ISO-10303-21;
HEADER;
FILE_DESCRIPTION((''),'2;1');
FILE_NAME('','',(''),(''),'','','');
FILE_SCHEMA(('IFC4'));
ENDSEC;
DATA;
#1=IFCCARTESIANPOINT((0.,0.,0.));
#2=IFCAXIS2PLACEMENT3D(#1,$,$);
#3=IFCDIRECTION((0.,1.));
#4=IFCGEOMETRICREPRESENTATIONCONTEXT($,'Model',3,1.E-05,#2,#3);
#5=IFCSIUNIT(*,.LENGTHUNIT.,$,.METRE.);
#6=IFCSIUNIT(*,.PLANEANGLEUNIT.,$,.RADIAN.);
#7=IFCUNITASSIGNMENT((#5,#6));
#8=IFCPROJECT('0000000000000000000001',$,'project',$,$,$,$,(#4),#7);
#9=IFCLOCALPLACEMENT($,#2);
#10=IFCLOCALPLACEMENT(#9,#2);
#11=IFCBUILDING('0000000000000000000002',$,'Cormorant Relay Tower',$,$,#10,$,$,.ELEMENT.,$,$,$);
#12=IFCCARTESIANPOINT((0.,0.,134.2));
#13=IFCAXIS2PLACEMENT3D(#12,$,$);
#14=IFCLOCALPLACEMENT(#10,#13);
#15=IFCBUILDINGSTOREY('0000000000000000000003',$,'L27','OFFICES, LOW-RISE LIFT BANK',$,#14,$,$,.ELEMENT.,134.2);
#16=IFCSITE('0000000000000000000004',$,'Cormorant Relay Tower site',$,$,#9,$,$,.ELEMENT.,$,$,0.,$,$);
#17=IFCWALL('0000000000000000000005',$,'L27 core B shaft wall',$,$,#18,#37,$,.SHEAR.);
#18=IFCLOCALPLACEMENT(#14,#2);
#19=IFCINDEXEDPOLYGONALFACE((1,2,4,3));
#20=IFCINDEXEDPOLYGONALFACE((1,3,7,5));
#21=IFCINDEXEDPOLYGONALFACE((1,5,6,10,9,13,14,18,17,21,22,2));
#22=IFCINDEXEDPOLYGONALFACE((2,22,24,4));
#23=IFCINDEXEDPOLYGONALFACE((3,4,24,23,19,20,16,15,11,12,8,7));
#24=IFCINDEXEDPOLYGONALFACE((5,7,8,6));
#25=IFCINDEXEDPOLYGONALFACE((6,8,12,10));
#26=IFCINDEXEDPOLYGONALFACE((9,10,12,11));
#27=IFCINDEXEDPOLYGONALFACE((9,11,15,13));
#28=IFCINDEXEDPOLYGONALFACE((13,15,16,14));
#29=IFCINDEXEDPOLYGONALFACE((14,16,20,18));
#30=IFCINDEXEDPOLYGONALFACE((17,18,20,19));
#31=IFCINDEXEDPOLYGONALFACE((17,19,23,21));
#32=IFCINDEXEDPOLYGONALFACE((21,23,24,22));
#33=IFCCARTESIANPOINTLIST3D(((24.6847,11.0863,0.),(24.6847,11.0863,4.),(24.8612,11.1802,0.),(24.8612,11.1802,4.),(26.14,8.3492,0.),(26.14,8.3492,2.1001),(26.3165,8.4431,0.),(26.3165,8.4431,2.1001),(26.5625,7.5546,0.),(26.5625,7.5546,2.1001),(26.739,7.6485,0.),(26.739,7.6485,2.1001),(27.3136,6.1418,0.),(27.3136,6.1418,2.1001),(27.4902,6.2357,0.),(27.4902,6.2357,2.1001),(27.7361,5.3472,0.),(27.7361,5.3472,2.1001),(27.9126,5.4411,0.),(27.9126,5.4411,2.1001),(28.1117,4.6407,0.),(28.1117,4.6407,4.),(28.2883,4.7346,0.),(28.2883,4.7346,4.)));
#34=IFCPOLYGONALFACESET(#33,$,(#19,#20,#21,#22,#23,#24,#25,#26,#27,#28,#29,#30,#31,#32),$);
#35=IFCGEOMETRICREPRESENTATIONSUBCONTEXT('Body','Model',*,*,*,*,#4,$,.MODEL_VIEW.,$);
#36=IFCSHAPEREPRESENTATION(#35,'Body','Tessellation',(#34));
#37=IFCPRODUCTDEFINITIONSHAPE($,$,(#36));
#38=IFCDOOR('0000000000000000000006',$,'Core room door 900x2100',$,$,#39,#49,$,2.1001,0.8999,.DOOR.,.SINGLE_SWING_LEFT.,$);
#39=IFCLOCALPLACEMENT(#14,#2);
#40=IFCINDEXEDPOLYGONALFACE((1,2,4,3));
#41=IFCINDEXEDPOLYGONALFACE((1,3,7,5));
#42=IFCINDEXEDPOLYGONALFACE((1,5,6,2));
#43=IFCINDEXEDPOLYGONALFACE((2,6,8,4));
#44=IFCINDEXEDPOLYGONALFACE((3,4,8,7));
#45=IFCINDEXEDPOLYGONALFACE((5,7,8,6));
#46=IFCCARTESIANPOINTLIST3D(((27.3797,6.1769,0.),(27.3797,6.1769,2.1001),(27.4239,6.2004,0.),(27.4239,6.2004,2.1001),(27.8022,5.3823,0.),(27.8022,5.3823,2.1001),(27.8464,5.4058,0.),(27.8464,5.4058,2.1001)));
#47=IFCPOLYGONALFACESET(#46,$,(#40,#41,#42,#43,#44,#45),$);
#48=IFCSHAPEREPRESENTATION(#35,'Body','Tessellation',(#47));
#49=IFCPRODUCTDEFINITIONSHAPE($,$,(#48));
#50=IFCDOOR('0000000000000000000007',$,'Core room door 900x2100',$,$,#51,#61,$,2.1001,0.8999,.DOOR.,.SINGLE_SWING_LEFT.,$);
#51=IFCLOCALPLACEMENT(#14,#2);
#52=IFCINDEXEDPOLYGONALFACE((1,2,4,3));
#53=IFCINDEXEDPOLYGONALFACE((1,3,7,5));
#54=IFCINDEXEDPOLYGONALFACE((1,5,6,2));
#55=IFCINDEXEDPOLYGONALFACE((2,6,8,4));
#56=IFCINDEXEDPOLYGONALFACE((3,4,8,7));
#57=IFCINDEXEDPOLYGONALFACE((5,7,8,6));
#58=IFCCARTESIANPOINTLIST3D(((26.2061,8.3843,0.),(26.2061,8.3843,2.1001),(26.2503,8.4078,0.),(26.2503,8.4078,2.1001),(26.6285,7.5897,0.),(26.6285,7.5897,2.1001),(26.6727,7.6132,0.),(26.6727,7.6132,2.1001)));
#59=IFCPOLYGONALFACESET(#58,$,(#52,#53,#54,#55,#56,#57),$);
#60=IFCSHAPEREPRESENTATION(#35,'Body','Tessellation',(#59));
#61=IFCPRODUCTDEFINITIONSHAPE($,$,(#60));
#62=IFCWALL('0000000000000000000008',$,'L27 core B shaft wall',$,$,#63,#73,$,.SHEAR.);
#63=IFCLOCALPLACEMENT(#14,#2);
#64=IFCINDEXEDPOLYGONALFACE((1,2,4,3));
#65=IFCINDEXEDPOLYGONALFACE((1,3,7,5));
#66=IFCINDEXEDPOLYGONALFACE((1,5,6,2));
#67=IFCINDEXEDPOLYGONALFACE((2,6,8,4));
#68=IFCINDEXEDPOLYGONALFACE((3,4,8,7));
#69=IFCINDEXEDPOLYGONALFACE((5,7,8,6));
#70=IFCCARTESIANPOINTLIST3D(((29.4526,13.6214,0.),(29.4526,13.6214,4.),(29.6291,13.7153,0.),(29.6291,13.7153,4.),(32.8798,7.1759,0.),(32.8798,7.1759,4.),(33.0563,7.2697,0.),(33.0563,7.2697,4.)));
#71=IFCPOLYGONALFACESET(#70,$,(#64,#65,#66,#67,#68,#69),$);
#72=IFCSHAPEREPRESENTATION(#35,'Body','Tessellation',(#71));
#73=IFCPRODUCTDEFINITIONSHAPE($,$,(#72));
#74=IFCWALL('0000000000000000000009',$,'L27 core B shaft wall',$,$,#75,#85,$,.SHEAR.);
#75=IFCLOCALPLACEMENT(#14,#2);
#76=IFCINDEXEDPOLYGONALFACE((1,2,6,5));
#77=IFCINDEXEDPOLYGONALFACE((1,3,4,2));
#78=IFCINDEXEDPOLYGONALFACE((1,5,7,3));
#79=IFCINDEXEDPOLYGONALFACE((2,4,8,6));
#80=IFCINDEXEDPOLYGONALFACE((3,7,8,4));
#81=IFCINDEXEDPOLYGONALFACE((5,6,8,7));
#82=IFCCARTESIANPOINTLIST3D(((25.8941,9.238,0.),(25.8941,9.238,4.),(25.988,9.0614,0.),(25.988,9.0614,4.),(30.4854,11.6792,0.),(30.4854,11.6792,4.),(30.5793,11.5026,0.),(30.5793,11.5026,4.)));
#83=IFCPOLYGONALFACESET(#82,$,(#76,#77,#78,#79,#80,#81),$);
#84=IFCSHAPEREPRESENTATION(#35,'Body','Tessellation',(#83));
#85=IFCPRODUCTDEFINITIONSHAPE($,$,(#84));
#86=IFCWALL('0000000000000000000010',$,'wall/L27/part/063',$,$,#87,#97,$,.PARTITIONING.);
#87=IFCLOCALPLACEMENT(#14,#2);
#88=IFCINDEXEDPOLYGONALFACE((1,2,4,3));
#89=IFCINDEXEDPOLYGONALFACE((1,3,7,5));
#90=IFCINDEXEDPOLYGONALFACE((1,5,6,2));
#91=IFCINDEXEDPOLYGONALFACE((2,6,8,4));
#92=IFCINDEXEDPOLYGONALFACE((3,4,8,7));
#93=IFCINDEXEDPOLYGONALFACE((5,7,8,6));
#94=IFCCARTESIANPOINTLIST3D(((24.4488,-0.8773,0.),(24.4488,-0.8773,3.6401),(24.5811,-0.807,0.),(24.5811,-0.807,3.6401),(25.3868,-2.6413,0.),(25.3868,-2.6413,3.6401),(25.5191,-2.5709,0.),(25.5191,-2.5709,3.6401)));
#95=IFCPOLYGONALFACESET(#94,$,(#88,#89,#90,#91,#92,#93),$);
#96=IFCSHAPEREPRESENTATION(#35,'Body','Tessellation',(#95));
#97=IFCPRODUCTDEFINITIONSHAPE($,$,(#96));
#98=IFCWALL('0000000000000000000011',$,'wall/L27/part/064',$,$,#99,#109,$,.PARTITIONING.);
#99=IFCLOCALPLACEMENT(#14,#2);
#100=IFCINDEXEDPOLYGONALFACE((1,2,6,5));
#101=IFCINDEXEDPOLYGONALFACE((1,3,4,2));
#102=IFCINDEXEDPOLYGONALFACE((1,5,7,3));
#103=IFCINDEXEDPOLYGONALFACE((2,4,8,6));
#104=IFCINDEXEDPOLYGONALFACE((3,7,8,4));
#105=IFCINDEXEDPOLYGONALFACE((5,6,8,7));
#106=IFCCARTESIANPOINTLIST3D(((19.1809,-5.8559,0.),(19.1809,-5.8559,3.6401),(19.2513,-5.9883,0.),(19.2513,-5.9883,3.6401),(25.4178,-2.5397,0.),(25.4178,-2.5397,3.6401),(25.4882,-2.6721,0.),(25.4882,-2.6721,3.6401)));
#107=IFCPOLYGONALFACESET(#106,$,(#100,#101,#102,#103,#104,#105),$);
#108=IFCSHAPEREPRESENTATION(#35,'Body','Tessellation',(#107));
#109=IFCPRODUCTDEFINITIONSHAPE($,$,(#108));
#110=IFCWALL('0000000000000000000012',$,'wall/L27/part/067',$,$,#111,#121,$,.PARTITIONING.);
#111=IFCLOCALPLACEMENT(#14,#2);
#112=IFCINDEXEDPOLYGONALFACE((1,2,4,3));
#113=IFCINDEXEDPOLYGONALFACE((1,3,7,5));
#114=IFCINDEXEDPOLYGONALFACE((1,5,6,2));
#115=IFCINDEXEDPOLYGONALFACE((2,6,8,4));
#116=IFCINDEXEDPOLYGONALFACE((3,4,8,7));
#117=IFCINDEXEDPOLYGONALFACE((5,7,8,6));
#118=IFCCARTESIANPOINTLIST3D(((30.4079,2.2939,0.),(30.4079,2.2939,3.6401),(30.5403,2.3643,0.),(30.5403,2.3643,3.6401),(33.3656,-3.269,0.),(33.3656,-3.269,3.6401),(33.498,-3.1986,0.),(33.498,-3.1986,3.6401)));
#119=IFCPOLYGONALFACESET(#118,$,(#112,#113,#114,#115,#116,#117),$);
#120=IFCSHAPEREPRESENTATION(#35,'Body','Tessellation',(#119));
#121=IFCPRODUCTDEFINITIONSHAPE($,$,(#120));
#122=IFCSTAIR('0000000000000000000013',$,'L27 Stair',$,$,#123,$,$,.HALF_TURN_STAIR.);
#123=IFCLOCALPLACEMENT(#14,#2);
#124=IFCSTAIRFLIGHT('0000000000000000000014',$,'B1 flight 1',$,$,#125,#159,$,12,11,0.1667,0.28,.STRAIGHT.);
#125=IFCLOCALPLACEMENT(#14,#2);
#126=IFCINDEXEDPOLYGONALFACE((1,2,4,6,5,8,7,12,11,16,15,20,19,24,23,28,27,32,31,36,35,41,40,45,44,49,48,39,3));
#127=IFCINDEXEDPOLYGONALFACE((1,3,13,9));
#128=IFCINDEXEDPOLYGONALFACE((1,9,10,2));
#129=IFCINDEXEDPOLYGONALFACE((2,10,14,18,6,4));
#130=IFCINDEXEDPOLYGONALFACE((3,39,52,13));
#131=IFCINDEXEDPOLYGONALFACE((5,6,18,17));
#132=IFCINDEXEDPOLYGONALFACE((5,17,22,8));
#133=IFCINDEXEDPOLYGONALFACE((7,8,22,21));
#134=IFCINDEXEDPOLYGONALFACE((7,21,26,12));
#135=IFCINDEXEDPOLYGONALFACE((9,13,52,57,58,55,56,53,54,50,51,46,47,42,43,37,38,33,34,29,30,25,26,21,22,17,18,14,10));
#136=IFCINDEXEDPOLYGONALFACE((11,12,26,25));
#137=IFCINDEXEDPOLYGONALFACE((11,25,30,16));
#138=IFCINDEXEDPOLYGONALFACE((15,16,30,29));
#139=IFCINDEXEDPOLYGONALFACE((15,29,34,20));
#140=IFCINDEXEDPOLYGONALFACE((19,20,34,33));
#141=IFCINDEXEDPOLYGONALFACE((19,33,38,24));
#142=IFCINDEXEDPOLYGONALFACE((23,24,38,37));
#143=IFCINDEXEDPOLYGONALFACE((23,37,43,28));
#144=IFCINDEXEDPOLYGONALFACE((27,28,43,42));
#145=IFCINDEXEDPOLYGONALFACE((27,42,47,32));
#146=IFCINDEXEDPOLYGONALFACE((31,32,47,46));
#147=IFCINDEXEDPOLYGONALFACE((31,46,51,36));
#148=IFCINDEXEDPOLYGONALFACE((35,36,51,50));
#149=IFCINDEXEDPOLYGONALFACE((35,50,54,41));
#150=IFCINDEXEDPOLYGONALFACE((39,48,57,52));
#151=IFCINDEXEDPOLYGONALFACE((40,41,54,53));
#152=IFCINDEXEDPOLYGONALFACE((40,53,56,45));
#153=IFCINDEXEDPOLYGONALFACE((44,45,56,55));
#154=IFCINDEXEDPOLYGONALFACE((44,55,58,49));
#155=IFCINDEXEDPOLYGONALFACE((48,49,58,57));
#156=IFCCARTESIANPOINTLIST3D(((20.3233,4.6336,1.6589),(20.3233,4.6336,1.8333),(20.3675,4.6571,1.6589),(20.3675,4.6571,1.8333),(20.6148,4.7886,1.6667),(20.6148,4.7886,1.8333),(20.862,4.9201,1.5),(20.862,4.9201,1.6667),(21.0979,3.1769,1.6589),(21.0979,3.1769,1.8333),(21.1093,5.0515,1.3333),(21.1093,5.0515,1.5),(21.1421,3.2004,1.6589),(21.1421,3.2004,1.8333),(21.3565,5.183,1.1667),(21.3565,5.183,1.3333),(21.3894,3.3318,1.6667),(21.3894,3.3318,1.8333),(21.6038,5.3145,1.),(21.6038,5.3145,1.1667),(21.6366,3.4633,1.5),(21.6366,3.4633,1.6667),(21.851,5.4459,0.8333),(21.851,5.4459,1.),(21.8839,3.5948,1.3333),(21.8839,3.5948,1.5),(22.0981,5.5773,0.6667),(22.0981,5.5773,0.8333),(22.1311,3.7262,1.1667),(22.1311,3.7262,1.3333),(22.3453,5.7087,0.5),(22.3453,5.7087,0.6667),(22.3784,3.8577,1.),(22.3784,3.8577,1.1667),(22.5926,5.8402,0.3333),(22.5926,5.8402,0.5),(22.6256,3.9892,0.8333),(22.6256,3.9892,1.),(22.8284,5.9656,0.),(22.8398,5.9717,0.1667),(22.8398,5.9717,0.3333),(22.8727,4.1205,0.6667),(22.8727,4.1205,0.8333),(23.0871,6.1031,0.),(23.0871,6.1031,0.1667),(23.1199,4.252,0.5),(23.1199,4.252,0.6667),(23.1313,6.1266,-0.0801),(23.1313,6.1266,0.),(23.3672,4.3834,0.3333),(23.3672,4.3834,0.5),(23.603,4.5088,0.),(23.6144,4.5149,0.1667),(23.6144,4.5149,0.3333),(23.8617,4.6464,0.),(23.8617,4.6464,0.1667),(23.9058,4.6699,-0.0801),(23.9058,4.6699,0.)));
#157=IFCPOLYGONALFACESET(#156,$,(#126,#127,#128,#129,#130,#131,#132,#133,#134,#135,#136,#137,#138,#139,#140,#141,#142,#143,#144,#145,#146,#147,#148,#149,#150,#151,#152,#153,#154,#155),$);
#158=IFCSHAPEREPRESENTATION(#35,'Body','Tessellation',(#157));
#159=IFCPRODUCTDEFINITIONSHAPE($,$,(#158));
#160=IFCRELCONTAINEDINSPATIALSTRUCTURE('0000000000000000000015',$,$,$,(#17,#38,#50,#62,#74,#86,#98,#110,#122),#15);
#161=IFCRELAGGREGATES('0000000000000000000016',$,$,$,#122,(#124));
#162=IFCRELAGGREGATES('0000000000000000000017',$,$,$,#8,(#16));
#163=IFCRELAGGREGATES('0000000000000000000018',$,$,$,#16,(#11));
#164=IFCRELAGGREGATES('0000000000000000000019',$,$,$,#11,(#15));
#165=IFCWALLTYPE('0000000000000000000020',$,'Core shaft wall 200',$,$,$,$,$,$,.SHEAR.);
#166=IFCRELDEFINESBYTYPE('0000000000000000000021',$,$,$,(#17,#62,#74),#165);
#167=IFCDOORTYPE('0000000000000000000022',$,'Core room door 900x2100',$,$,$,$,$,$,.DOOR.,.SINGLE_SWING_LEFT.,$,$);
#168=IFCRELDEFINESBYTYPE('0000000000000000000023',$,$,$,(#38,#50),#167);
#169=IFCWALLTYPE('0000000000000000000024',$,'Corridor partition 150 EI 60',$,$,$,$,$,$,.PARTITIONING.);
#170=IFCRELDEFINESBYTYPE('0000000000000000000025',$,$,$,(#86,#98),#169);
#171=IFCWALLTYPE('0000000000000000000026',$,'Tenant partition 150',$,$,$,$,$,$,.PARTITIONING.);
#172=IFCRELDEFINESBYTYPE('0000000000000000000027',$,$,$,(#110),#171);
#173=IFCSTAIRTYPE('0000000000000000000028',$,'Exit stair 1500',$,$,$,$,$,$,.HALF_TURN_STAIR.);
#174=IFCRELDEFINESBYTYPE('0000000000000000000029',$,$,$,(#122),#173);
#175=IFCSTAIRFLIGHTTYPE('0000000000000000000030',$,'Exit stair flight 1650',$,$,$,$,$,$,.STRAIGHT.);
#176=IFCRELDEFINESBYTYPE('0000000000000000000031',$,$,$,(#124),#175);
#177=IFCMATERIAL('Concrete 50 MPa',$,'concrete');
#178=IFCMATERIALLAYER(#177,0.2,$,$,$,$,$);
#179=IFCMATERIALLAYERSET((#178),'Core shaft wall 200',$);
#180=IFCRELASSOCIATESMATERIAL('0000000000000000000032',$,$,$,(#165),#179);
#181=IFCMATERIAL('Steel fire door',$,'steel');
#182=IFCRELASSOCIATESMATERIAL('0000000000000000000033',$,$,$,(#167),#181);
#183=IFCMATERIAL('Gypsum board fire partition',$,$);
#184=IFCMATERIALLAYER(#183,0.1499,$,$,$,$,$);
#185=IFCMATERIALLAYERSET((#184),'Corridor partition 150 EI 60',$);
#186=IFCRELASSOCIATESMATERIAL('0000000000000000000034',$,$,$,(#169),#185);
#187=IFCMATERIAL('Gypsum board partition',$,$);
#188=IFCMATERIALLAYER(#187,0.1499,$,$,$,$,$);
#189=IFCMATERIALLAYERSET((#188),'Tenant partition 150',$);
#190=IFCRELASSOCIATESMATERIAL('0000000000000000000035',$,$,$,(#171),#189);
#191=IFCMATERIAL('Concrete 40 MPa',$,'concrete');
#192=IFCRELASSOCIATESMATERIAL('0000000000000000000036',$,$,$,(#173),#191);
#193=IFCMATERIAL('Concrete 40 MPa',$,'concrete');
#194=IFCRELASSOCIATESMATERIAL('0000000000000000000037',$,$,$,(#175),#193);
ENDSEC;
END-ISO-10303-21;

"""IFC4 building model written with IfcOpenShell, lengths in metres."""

from ifc_helpers import new_model, si_unit, direction, frame, frame_2d, origin, place, context, subcontext, project, spatial, polyline, rectangle, outline, extrude, material, layer, layer_set, type_object, element, fill, aggregate, save


model = new_model("IFC4")

# Units and contexts
model_context = context("Model", 3, precision=1e-05, world=origin(), true_north=direction((0.0, 1.0)))
body_context = subcontext(model_context, "Body", "Model", "MODEL_VIEW")
ifc_project = project(units=[si_unit("LENGTHUNIT", "METRE"), si_unit("PLANEANGLEUNIT", "RADIAN")], contexts=[model_context])

# Site, building, storey
site_placement = place(None, origin())
site = spatial("IfcSite", under=ifc_project, at=site_placement, Name="Cormorant Relay Tower site", CompositionType="ELEMENT", RefElevation=0.0)
building_placement = place(site_placement, origin())
building = spatial("IfcBuilding", under=site, at=building_placement, Name="Cormorant Relay Tower", CompositionType="ELEMENT")
storey_placement = place(building_placement, frame((0.0, 0.0, 134.2)))
storey = spatial("IfcBuildingStorey", under=building, at=storey_placement, Name="L27", Description="OFFICES, LOW-RISE LIFT BANK", CompositionType="ELEMENT", Elevation=134.2)

# Shared definitions
ifc_material_1 = material(Name="Concrete 50 MPa", Category="concrete")
ifc_layer_1 = layer(ifc_material_1, 0.2)
ifc_layer_set_1 = layer_set([ifc_layer_1], Name="Core shaft wall 200")
wall_type_1 = type_object("IfcWallType", Name="Core shaft wall 200", PredefinedType="SHEAR", material=ifc_layer_set_1)

# Wall, openings, doors
wall_1_placement = place(storey_placement, frame((28.2, 4.6877, 0.0), z_axis=(0.0, 0.0, 1.0), x_axis=(-0.469454, 0.882957, 0.0)))
wall_1 = element("IfcWall", 1, at=wall_1_placement, inside=storey, type_object=wall_type_1, Name="L27 core B shaft wall", PredefinedType="SHEAR", context=body_context, shape_type="SweptSolid", body=[
    extrude(rectangle(XDim=7.3, YDim=0.2, at=frame_2d((3.6499, 0.0))), origin(), (0.0, 0.0, 1.0), 4.0),
])
opening_1_placement = place(wall_1_placement, frame((0.8, 0.0, 0.0)))
opening_1 = element("IfcOpeningElement", 2, at=opening_1_placement, cuts=wall_1, PredefinedType="OPENING", context=body_context, shape_type="SweptSolid", body=[
    extrude(rectangle(XDim=0.8999, YDim=2.1001, at=frame_2d((0.45, 1.05))), frame((0.0, 0.1099, 0.0), z_axis=(0.0, -1.0, 0.0), x_axis=(1.0, 0.0, 0.0)), (0.0, 0.0, 1.0), 0.22),
])
opening_2_placement = place(wall_1_placement, frame((3.3, 0.0, 0.0)))
opening_2 = element("IfcOpeningElement", 3, at=opening_2_placement, cuts=wall_1, PredefinedType="OPENING", context=body_context, shape_type="SweptSolid", body=[
    extrude(rectangle(XDim=0.8999, YDim=2.1001, at=frame_2d((0.45, 1.05))), frame((0.0, 0.1099, 0.0), z_axis=(0.0, -1.0, 0.0), x_axis=(1.0, 0.0, 0.0)), (0.0, 0.0, 1.0), 0.22),
])
ifc_material_2 = material(Name="Steel fire door", Category="steel")
door_type_1 = type_object("IfcDoorType", Name="Core room door 900x2100", OperationType="SINGLE_SWING_LEFT", PredefinedType="DOOR", material=ifc_material_2)
door_1_placement = place(opening_1_placement, frame((0.8999, 0.0, 0.0), z_axis=(0.0, 0.0, 1.0), x_axis=(-1.0, 0.0, 0.0)))
door_1 = element("IfcDoor", 4, at=door_1_placement, inside=storey, type_object=door_type_1, Name="Core room door 900x2100", OperationType="SINGLE_SWING_LEFT", OverallHeight=2.1001, OverallWidth=0.8999, PredefinedType="DOOR", context=body_context, shape_type="SweptSolid", body=[
    extrude(rectangle(XDim=0.8999, YDim=2.1001, at=frame_2d((0.45, 1.05))), frame((0.0, 0.0249, 0.0), z_axis=(0.0, -1.0, 0.0), x_axis=(1.0, 0.0, 0.0)), (0.0, 0.0, 1.0), 0.05),
])
fill(opening_1, door_1)
door_2_placement = place(opening_2_placement, frame((0.8999, 0.0, 0.0), z_axis=(0.0, 0.0, 1.0), x_axis=(-1.0, 0.0, 0.0)))
door_2 = element("IfcDoor", 5, at=door_2_placement, inside=storey, type_object=door_type_1, Name="Core room door 900x2100", OperationType="SINGLE_SWING_LEFT", OverallHeight=2.1001, OverallWidth=0.8999, PredefinedType="DOOR", context=body_context, shape_type="SweptSolid", body=[
    extrude(rectangle(XDim=0.8999, YDim=2.1001, at=frame_2d((0.45, 1.05))), frame((0.0, 0.0249, 0.0), z_axis=(0.0, -1.0, 0.0), x_axis=(1.0, 0.0, 0.0)), (0.0, 0.0, 1.0), 0.05),
])
fill(opening_2, door_2)

# Walls
wall_2_placement = place(storey_placement, frame((32.968, 7.2229, 0.0), z_axis=(0.0, 0.0, 1.0), x_axis=(-0.46948, 0.882943, 0.0)))
element("IfcWall", 6, at=wall_2_placement, inside=storey, type_object=wall_type_1, Name="L27 core B shaft wall", PredefinedType="SHEAR", context=body_context, shape_type="SweptSolid", body=[
    extrude(rectangle(XDim=7.3, YDim=0.2, at=frame_2d((3.6499, 0.0))), origin(), (0.0, 0.0, 1.0), 4.0),
])
wall_3_placement = place(storey_placement, frame((25.9409, 9.1497, 0.0), z_axis=(0.0, 0.0, 1.0), x_axis=(0.882954, 0.46946, 0.0)))
element("IfcWall", 7, at=wall_3_placement, inside=storey, type_object=wall_type_1, Name="L27 core B shaft wall", PredefinedType="SHEAR", context=body_context, shape_type="SweptSolid", body=[
    extrude(rectangle(XDim=5.2, YDim=0.2, at=frame_2d((2.6001, 0.0))), origin(), (0.0, 0.0, 1.0), 4.0),
])
ifc_material_3 = material(Name="Gypsum board fire partition")
ifc_layer_2 = layer(ifc_material_3, 0.1499)
ifc_layer_set_2 = layer_set([ifc_layer_2], Name="Corridor partition 150 EI 60")
wall_type_2 = type_object("IfcWallType", Name="Corridor partition 150 EI 60", PredefinedType="PARTITIONING", material=ifc_layer_set_2)
wall_4_placement = place(storey_placement, frame((24.5149, -0.842, 0.0), z_axis=(0.0, 0.0, 1.0), x_axis=(0.46951, -0.882927, 0.0)))
element("IfcWall", 8, at=wall_4_placement, inside=storey, type_object=wall_type_2, Name="wall/L27/part/063", PredefinedType="PARTITIONING", context=body_context, shape_type="SweptSolid", body=[
    extrude(rectangle(XDim=1.9978, YDim=0.1499, at=frame_2d((0.999, 0.0))), origin(), (0.0, 0.0, 1.0), 3.6401),
])
wall_5_placement = place(storey_placement, frame((25.4529, -2.606, 0.0), z_axis=(0.0, 0.0, 1.0), x_axis=(-0.882948, -0.46947, 0.0)))
element("IfcWall", 9, at=wall_5_placement, inside=storey, type_object=wall_type_2, Name="wall/L27/part/064", PredefinedType="PARTITIONING", context=body_context, shape_type="SweptSolid", body=[
    extrude(rectangle(XDim=7.0637, YDim=0.1499, at=frame_2d((3.5317, 0.0))), origin(), (0.0, 0.0, 1.0), 3.6401),
])
ifc_material_4 = material(Name="Gypsum board partition")
ifc_layer_3 = layer(ifc_material_4, 0.1499)
ifc_layer_set_3 = layer_set([ifc_layer_3], Name="Tenant partition 150")
wall_type_3 = type_object("IfcWallType", Name="Tenant partition 150", PredefinedType="PARTITIONING", material=ifc_layer_set_3)
wall_6_placement = place(storey_placement, frame((30.4741, 2.3291, 0.0), z_axis=(0.0, 0.0, 1.0), x_axis=(0.469456, -0.882956, 0.0)))
element("IfcWall", 10, at=wall_6_placement, inside=storey, type_object=wall_type_3, Name="wall/L27/part/067", PredefinedType="PARTITIONING", context=body_context, shape_type="SweptSolid", body=[
    extrude(rectangle(XDim=6.3003, YDim=0.1499, at=frame_2d((3.1501, 0.0))), origin(), (0.0, 0.0, 1.0), 3.6401),
])

# Stair, stair flight
ifc_material_5 = material(Name="Concrete 40 MPa", Category="concrete")
stair_type = type_object("IfcStairType", Name="Exit stair 1500", PredefinedType="HALF_TURN_STAIR", material=ifc_material_5)
stair_placement = place(storey_placement, origin())
stair = element("IfcStair", 11, at=stair_placement, inside=storey, type_object=stair_type, Name="L27 Stair", PredefinedType="HALF_TURN_STAIR")
ifc_material_6 = material(Name="Concrete 40 MPa", Category="concrete")
stair_flight_type = type_object("IfcStairFlightType", Name="Exit stair flight 1650", PredefinedType="STRAIGHT", material=ifc_material_6)
stair_flight_1_placement = place(storey_placement, frame((23.4744, 5.3748, 0.0), z_axis=(0.0, 0.0, 1.0), x_axis=(-0.882948, -0.469472, 0.0)))
stair_flight_1 = element("IfcStairFlight", 12, at=stair_flight_1_placement, type_object=stair_flight_type, Name="B1 flight 1", NumberOfRisers=12, NumberOfTreads=11, PredefinedType="STRAIGHT", RiserHeight=0.1667, TreadLength=0.28, context=body_context, shape_type="SweptSolid", body=[
    extrude(outline(polyline([(-0.05, -0.0801), (-0.05, 0.0), (0.0, 0.0), (0.0, 0.1667), (0.28, 0.1667), (0.28, 0.3333), (0.5601, 0.3333), (0.5601, 0.5), (0.8401, 0.5), (0.8401, 0.6667), (1.1201, 0.6667), (1.1201, 0.8333), (1.3999, 0.8333), (1.3999, 1.0), (1.6799, 1.0), (1.6799, 1.1667), (1.96, 1.1667), (1.96, 1.3333), (2.24, 1.3333), (2.24, 1.5), (2.52, 1.5), (2.52, 1.6667), (2.8, 1.6667), (2.8, 1.8333), (3.0801, 1.8333), (3.1301, 1.8333), (3.1301, 1.6589), (3.0801, 1.6589), (0.293, 0.0), (-0.05, -0.0801)])), frame((0.0, 0.825, 0.0), z_axis=(0.0, -1.0, 0.0), x_axis=(1.0, 0.0, 0.0)), (0.0, 0.0, 1.0), 1.6499),
])
aggregate(stair, [stair_flight_1])

save(model, "model.ifc")
